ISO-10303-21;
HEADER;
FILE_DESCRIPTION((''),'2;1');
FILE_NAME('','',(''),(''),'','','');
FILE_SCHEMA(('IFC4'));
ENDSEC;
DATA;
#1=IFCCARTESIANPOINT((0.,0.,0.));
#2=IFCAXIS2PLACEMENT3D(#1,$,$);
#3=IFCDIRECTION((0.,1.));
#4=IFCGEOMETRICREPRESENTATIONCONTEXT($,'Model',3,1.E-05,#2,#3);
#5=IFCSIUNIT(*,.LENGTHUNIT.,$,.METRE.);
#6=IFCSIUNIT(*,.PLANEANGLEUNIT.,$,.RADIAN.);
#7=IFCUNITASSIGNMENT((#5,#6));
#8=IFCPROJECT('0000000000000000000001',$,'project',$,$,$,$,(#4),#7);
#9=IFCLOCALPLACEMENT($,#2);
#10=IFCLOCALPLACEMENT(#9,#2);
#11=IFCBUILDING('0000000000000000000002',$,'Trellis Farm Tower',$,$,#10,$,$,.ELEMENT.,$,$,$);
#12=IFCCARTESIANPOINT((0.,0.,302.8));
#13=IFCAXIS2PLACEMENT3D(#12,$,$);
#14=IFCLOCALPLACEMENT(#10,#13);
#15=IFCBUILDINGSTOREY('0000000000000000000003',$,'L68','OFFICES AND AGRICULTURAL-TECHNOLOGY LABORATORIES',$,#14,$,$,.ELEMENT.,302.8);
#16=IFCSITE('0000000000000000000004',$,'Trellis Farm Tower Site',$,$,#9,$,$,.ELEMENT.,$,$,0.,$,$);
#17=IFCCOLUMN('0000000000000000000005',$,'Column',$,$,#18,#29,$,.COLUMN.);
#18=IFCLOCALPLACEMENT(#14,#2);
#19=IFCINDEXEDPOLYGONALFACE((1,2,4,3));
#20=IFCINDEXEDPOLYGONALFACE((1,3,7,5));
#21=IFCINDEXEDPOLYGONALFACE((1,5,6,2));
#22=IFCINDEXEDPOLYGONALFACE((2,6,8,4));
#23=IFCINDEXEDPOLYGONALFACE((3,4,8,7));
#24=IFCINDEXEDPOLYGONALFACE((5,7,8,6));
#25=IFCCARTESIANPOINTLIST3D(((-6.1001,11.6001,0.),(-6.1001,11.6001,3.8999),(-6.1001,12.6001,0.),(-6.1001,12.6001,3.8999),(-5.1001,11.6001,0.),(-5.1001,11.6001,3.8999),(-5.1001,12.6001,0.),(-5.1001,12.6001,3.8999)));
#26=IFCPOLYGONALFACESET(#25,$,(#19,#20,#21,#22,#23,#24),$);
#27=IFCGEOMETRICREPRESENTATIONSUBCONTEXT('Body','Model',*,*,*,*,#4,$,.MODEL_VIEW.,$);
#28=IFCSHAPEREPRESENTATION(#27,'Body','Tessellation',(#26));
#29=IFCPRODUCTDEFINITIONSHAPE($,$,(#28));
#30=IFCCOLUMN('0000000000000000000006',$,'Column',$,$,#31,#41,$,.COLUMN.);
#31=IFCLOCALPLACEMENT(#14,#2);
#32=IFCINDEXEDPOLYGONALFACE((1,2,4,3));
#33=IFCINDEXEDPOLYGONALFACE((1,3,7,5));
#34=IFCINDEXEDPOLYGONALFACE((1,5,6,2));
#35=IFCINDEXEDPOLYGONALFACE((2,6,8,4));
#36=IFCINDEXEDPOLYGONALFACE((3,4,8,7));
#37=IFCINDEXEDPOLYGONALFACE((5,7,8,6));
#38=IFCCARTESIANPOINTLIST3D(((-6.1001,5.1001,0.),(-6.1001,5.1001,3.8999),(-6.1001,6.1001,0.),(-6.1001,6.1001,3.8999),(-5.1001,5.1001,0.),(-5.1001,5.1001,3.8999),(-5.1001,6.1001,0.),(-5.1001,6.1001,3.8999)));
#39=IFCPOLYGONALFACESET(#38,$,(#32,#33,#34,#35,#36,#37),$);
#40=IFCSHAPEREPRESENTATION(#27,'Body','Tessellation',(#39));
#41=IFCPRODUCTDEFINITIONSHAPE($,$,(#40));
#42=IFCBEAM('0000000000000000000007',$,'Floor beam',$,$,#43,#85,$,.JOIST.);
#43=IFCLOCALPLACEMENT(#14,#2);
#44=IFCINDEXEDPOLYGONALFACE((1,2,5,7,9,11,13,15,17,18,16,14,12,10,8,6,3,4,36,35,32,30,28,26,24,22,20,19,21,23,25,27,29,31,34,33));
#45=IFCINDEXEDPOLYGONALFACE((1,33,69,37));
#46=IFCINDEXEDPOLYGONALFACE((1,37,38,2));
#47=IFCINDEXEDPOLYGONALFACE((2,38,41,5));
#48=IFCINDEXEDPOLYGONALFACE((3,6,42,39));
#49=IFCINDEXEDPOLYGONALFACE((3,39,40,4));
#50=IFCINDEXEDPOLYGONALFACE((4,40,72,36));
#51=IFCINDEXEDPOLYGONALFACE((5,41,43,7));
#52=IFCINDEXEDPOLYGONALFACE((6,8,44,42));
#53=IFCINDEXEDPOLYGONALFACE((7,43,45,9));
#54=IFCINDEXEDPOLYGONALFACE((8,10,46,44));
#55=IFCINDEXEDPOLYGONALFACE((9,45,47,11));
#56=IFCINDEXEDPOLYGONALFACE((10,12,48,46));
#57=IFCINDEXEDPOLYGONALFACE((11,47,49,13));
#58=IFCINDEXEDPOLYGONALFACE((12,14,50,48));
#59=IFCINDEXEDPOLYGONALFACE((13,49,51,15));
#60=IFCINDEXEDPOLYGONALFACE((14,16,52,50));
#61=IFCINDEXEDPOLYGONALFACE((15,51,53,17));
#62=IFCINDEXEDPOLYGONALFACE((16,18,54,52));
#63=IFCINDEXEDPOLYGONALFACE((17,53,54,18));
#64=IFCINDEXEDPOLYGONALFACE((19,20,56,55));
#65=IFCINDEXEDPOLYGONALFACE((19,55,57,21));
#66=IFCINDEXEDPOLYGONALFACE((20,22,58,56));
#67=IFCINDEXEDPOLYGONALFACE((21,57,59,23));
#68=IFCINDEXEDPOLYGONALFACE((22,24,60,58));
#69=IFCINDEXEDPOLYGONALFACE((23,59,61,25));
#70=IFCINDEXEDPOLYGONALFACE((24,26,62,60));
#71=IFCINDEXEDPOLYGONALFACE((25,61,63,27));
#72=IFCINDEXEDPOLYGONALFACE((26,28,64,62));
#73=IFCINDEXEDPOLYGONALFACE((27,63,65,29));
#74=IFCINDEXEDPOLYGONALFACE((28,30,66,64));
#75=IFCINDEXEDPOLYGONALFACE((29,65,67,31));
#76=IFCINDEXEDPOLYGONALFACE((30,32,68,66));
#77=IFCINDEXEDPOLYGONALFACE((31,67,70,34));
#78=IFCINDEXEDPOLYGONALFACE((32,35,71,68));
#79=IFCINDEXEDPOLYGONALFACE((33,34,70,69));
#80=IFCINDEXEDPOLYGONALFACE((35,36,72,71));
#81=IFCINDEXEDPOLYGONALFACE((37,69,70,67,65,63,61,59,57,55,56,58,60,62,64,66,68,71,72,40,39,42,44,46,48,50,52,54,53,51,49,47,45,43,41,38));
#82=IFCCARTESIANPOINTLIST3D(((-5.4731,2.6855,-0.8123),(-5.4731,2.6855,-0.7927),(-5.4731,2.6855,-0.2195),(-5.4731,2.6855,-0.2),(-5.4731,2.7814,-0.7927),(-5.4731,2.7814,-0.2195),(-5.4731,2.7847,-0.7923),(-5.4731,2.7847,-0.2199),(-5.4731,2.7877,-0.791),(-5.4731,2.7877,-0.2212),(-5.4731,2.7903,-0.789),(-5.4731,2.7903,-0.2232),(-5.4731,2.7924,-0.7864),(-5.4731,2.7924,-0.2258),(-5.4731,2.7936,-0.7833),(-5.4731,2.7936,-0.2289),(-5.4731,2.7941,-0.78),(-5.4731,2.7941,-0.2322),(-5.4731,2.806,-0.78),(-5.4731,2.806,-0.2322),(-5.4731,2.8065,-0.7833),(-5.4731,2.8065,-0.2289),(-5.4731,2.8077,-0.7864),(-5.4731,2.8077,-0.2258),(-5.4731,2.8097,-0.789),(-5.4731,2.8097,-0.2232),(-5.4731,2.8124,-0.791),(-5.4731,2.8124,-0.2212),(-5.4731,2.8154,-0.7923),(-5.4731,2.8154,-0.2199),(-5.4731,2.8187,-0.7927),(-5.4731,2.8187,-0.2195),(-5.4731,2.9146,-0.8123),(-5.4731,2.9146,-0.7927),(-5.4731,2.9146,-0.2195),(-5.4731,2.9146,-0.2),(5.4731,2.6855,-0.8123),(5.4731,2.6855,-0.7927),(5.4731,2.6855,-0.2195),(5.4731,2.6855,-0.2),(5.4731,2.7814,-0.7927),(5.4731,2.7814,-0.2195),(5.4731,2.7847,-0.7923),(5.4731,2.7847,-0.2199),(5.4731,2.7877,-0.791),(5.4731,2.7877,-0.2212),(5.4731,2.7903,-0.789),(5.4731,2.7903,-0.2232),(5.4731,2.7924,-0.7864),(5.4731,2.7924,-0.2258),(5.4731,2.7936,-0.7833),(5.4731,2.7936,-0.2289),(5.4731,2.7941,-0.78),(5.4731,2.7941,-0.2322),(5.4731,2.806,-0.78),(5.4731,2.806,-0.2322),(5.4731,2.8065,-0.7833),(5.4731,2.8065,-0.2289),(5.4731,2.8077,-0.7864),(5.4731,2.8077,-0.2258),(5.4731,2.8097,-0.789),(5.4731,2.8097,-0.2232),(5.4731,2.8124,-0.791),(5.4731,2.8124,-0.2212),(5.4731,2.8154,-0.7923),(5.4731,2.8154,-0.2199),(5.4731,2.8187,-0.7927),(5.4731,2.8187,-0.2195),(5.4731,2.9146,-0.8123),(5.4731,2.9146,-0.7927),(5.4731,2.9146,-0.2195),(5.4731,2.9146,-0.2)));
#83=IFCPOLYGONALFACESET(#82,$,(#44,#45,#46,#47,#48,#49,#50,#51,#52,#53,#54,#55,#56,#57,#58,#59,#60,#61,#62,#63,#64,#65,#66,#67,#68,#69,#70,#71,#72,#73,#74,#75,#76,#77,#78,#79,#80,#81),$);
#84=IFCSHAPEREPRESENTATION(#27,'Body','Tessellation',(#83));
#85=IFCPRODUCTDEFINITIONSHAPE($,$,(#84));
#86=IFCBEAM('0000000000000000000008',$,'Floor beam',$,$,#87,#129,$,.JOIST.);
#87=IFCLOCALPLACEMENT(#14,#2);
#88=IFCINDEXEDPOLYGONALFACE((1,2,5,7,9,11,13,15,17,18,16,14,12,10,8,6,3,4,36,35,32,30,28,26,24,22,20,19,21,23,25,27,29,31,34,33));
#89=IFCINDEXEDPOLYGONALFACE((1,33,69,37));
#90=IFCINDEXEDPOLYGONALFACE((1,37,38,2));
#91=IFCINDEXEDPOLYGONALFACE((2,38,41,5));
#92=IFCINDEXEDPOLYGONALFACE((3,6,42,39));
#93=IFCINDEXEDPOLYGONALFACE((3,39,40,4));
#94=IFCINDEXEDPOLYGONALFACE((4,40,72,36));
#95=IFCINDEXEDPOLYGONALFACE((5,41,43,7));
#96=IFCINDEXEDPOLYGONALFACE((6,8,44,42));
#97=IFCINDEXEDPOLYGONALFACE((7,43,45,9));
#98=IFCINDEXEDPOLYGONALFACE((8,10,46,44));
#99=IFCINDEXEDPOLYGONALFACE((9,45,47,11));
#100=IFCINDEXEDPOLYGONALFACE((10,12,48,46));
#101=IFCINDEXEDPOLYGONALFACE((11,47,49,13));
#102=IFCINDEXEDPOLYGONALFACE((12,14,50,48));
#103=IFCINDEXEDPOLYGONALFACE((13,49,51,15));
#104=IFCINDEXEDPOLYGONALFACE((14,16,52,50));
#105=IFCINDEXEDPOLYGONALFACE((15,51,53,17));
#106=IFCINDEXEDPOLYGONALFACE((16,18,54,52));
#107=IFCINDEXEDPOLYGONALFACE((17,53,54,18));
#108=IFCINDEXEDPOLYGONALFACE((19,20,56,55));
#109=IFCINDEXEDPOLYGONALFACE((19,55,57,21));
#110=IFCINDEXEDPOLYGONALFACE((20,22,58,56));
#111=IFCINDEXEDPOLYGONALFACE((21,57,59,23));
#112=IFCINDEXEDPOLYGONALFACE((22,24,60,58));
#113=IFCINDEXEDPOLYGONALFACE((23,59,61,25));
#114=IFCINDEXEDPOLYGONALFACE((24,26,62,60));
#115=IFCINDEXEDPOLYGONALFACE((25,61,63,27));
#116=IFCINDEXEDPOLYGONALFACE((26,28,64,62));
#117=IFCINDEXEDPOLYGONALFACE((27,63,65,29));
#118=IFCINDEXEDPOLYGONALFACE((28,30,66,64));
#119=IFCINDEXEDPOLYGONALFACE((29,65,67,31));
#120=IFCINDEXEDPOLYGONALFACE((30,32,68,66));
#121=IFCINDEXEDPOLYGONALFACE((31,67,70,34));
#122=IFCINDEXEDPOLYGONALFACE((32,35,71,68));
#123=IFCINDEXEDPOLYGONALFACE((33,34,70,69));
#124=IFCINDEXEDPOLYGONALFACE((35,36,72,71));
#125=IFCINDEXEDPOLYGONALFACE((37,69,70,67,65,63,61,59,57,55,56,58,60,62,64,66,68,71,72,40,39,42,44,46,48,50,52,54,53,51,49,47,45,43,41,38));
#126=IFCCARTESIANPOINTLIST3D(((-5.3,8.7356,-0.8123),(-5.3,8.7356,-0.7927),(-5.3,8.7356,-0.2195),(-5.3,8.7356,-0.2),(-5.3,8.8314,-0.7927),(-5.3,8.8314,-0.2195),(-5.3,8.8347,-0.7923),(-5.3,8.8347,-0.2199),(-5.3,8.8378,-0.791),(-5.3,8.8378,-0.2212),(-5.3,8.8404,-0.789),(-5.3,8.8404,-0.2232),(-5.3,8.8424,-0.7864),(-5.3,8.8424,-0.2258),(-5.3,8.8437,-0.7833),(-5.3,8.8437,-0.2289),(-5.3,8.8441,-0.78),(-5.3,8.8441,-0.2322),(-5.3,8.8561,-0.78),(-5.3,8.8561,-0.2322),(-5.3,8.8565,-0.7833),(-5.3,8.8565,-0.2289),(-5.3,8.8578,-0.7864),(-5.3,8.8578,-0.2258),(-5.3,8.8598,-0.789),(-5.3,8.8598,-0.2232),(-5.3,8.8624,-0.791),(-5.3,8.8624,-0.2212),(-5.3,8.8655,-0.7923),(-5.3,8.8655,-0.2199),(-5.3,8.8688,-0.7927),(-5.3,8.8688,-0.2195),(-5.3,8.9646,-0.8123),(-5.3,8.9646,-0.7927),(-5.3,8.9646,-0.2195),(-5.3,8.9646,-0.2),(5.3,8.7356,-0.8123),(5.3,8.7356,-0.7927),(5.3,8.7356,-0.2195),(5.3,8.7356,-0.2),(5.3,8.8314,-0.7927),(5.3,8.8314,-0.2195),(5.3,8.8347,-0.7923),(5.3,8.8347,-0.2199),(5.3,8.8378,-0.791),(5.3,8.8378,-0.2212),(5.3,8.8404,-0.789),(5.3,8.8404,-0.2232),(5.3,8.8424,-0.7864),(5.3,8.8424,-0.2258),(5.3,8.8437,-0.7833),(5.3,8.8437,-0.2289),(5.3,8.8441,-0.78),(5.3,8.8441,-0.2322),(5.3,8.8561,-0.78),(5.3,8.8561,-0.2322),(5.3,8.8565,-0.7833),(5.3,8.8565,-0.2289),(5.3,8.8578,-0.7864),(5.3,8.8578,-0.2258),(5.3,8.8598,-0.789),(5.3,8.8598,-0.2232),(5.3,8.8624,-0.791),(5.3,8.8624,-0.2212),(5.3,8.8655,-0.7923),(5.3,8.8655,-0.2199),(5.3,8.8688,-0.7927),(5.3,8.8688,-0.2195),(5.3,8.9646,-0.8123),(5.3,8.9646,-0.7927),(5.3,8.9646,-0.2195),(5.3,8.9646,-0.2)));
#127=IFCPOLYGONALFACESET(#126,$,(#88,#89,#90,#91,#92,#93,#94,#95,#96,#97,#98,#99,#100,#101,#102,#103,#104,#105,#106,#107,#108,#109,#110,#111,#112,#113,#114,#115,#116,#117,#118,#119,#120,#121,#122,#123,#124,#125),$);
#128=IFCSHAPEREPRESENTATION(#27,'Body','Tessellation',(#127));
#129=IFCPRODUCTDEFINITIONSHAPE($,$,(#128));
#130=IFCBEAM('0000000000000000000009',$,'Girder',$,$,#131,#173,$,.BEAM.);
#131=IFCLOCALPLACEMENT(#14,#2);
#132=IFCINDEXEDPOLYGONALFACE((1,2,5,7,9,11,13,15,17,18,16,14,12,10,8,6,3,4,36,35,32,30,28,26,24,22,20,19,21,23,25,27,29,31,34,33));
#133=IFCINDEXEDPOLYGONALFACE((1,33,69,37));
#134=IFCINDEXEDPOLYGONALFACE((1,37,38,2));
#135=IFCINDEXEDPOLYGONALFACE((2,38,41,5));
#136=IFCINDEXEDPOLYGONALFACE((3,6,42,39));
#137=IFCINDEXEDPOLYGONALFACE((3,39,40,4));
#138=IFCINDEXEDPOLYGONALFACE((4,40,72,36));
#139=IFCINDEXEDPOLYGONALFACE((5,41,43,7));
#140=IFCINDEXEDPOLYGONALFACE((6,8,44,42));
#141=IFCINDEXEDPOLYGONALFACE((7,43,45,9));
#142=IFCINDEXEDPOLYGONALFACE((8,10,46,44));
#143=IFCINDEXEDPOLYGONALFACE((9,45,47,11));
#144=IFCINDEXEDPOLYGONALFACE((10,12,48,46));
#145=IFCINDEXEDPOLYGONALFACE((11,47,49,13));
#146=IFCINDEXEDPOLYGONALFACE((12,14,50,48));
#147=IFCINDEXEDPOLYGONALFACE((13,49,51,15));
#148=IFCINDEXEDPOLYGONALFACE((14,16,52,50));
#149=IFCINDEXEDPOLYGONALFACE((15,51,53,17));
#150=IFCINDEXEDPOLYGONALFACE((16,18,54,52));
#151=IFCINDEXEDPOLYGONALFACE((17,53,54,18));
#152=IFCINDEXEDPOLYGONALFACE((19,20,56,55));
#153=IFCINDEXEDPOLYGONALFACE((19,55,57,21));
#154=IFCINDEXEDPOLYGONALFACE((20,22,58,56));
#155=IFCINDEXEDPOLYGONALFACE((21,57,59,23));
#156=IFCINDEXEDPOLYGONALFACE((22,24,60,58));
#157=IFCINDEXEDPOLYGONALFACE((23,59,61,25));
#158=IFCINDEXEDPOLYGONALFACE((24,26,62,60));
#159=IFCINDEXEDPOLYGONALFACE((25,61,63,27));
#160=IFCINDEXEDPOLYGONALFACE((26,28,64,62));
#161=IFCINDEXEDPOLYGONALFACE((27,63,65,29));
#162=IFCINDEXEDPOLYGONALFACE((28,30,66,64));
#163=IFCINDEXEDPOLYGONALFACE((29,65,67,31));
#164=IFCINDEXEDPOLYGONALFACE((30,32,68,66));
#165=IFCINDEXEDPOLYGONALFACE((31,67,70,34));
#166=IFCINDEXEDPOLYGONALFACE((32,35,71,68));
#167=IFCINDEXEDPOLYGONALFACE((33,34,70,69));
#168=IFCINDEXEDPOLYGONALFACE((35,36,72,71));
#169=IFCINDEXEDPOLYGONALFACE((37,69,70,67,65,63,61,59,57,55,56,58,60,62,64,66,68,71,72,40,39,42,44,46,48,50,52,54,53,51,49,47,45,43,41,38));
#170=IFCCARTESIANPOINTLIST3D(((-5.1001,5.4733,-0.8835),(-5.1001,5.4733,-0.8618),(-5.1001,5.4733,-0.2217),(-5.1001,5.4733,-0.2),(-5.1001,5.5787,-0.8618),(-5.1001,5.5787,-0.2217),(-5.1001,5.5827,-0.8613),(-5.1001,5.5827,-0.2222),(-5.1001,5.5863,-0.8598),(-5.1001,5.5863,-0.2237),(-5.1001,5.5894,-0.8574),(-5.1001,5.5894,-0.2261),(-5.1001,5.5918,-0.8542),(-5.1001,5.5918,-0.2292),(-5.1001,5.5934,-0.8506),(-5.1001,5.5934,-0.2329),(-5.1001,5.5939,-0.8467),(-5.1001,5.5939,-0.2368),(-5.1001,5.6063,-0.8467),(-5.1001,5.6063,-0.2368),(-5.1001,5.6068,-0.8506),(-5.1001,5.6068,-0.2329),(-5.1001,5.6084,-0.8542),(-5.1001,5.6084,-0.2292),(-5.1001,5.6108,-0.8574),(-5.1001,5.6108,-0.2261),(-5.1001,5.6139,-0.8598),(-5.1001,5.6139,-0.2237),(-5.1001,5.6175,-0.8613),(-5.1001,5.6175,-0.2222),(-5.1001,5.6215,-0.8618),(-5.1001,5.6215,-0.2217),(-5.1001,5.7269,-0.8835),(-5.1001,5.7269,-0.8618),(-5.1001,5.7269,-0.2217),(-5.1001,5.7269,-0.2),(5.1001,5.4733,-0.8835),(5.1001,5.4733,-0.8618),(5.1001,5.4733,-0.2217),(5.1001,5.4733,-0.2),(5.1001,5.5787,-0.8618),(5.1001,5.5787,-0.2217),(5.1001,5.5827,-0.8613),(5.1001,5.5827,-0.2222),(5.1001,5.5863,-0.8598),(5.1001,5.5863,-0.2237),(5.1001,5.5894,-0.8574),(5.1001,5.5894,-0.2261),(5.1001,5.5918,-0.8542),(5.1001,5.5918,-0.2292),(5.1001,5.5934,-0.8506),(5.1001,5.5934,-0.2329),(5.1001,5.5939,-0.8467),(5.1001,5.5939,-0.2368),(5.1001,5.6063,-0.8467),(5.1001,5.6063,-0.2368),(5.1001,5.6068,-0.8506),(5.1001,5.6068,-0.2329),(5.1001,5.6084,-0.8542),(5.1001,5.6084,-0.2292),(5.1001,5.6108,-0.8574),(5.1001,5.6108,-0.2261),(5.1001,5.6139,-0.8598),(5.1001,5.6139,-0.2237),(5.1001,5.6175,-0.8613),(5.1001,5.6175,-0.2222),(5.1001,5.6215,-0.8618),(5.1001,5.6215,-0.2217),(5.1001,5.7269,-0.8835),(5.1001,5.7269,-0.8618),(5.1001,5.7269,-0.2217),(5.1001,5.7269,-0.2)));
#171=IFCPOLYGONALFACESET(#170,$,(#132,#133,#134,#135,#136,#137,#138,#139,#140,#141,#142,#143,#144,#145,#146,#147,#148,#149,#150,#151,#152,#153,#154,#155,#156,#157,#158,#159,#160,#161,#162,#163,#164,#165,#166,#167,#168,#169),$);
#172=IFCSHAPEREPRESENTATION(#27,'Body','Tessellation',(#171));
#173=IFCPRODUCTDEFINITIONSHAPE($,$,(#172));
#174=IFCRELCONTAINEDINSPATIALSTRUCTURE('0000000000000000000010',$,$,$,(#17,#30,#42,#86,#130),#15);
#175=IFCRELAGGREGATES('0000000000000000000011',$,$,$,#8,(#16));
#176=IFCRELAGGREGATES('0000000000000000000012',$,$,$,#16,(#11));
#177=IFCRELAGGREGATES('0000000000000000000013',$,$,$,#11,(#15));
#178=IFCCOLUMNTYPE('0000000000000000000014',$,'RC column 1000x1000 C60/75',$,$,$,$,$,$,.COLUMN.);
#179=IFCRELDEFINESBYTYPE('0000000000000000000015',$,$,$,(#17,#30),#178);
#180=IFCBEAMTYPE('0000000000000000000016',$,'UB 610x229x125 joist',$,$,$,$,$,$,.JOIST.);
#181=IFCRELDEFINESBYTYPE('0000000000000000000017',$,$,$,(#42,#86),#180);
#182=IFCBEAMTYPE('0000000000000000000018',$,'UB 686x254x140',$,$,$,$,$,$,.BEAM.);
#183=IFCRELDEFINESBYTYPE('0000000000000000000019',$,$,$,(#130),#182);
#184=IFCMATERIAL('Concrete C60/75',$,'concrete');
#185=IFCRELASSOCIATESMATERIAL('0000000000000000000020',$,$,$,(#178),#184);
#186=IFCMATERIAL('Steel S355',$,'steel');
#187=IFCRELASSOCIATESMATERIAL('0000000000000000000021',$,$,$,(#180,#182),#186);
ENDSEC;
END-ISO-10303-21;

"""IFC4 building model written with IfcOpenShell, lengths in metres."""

from ifc_helpers import new_model, si_unit, direction, frame, origin, origin_2d, place, context, subcontext, project, spatial, rectangle, i_section, extrude, source, transform, mapped, material, material_profile, profile_set, type_object, element, save


model = new_model("IFC4")

# Units and contexts
model_context = context("Model", 3, precision=1e-05, world=origin(), true_north=direction((0.0, 1.0)))
body_context = subcontext(model_context, "Body", "Model", "MODEL_VIEW")
ifc_project = project(units=[si_unit("LENGTHUNIT", "METRE"), si_unit("PLANEANGLEUNIT", "RADIAN")], contexts=[model_context])

# Site, building, storey
site_placement = place(None, origin())
site = spatial("IfcSite", under=ifc_project, at=site_placement, Name="Trellis Farm Tower Site", CompositionType="ELEMENT", RefElevation=0.0)
building_placement = place(site_placement, origin())
building = spatial("IfcBuilding", under=site, at=building_placement, Name="Trellis Farm Tower", CompositionType="ELEMENT")
storey_placement = place(building_placement, frame((0.0, 0.0, 302.8)))
storey = spatial("IfcBuildingStorey", under=building, at=storey_placement, Name="L68", Description="OFFICES AND AGRICULTURAL-TECHNOLOGY LABORATORIES", CompositionType="ELEMENT", Elevation=302.8)

# Columns
ifc_material_1 = material(Name="Concrete C60/75", Category="concrete")
ifc_material_profile_1 = material_profile(ifc_material_1, rectangle(XDim=1.0, YDim=1.0, at=origin_2d()), Name="RC column 1000x1000 C60/75")
ifc_profile_set_1 = profile_set([ifc_material_profile_1], Name="Concrete C60/75")
column_type = type_object("IfcColumnType", Name="RC column 1000x1000 C60/75", PredefinedType="COLUMN", material=ifc_profile_set_1)
shared_shape_1 = source(origin(), body_context, "Body", "SweptSolid", [
    extrude(rectangle(XDim=1.0, YDim=1.0, at=origin_2d()), origin(), (0.0, 0.0, 1.0), 3.8999),
])
for number, where, z_axis, x_axis, name in (
    (1, (-5.6001, 12.1001, 0.0), (0.0, 0.0, 1.0), (1.0, 0.0, 0.0), "Column"),
    (2, (-5.6001, 5.6001, 0.0), (0.0, 0.0, 1.0), (1.0, 0.0, 0.0), "Column"),
):
    element("IfcColumn", number, at=place(storey_placement, frame(where, z_axis=z_axis, x_axis=x_axis)), inside=storey, type_object=column_type, Name=name, PredefinedType="COLUMN", context=body_context, shape_type="MappedRepresentation", body=[
        mapped(shared_shape_1, transform((0.0, 0.0, 0.0))),
    ])

# Beams
ifc_material_2 = material(Name="Steel S355", Category="steel")
ifc_material_profile_2 = material_profile(ifc_material_2, i_section(OverallWidth=0.229, OverallDepth=0.6123, WebThickness=0.012, FlangeThickness=0.0195, FilletRadius=0.0127, at=origin_2d()), Name="UB 610x229x125")
ifc_profile_set_2 = profile_set([ifc_material_profile_2], Name="Steel S355")
beam_type_1 = type_object("IfcBeamType", Name="UB 610x229x125 joist", PredefinedType="JOIST", material=ifc_profile_set_2)
shared_shape_2 = source(origin(), body_context, "Body", "SweptSolid", [
    extrude(i_section(OverallWidth=0.229, OverallDepth=0.6123, WebThickness=0.012, FlangeThickness=0.0195, FilletRadius=0.0127, at=origin_2d()), origin(), (0.0, 0.0, 1.0), 10.9463),
])
beam_1_placement = place(storey_placement, frame((-5.4731, 2.8, -0.5061), z_axis=(1.0, 0.0, 0.0), x_axis=(0.0, 1.0, 0.0)))
element("IfcBeam", 3, at=beam_1_placement, inside=storey, type_object=beam_type_1, Name="Floor beam", PredefinedType="JOIST", context=body_context, shape_type="MappedRepresentation", body=[
    mapped(shared_shape_2, transform((0.0, 0.0, 0.0))),
])
shared_shape_3 = source(origin(), body_context, "Body", "SweptSolid", [
    extrude(i_section(OverallWidth=0.229, OverallDepth=0.6123, WebThickness=0.012, FlangeThickness=0.0195, FilletRadius=0.0127, at=origin_2d()), origin(), (0.0, 0.0, 1.0), 10.6001),
])
beam_2_placement = place(storey_placement, frame((-5.3, 8.8501, -0.5061), z_axis=(1.0, 0.0, 0.0), x_axis=(0.0, 1.0, 0.0)))
element("IfcBeam", 4, at=beam_2_placement, inside=storey, type_object=beam_type_1, Name="Floor beam", PredefinedType="JOIST", context=body_context, shape_type="MappedRepresentation", body=[
    mapped(shared_shape_3, transform((0.0, 0.0, 0.0))),
])
ifc_material_profile_3 = material_profile(ifc_material_2, i_section(OverallWidth=0.2537, OverallDepth=0.6836, WebThickness=0.0125, FlangeThickness=0.0217, FilletRadius=0.0151, at=origin_2d()), Name="UB 686x254x140")
ifc_profile_set_3 = profile_set([ifc_material_profile_3], Name="Steel S355")
beam_type_2 = type_object("IfcBeamType", Name="UB 686x254x140", PredefinedType="BEAM", material=ifc_profile_set_3)
shared_shape_4 = source(origin(), body_context, "Body", "SweptSolid", [
    extrude(i_section(OverallWidth=0.2537, OverallDepth=0.6836, WebThickness=0.0125, FlangeThickness=0.0217, FilletRadius=0.0151, at=origin_2d()), origin(), (0.0, 0.0, 1.0), 10.2002),
])
for number, where, z_axis, x_axis, name in (
    (5, (-5.1001, 5.6001, -0.5417), (1.0, 0.0, 0.0), (0.0, 1.0, 0.0), "Girder"),
):
    element("IfcBeam", number, at=place(storey_placement, frame(where, z_axis=z_axis, x_axis=x_axis)), inside=storey, type_object=beam_type_2, Name=name, PredefinedType="BEAM", context=body_context, shape_type="MappedRepresentation", body=[
        mapped(shared_shape_4, transform((0.0, 0.0, 0.0))),
    ])

save(model, "model.ifc")
